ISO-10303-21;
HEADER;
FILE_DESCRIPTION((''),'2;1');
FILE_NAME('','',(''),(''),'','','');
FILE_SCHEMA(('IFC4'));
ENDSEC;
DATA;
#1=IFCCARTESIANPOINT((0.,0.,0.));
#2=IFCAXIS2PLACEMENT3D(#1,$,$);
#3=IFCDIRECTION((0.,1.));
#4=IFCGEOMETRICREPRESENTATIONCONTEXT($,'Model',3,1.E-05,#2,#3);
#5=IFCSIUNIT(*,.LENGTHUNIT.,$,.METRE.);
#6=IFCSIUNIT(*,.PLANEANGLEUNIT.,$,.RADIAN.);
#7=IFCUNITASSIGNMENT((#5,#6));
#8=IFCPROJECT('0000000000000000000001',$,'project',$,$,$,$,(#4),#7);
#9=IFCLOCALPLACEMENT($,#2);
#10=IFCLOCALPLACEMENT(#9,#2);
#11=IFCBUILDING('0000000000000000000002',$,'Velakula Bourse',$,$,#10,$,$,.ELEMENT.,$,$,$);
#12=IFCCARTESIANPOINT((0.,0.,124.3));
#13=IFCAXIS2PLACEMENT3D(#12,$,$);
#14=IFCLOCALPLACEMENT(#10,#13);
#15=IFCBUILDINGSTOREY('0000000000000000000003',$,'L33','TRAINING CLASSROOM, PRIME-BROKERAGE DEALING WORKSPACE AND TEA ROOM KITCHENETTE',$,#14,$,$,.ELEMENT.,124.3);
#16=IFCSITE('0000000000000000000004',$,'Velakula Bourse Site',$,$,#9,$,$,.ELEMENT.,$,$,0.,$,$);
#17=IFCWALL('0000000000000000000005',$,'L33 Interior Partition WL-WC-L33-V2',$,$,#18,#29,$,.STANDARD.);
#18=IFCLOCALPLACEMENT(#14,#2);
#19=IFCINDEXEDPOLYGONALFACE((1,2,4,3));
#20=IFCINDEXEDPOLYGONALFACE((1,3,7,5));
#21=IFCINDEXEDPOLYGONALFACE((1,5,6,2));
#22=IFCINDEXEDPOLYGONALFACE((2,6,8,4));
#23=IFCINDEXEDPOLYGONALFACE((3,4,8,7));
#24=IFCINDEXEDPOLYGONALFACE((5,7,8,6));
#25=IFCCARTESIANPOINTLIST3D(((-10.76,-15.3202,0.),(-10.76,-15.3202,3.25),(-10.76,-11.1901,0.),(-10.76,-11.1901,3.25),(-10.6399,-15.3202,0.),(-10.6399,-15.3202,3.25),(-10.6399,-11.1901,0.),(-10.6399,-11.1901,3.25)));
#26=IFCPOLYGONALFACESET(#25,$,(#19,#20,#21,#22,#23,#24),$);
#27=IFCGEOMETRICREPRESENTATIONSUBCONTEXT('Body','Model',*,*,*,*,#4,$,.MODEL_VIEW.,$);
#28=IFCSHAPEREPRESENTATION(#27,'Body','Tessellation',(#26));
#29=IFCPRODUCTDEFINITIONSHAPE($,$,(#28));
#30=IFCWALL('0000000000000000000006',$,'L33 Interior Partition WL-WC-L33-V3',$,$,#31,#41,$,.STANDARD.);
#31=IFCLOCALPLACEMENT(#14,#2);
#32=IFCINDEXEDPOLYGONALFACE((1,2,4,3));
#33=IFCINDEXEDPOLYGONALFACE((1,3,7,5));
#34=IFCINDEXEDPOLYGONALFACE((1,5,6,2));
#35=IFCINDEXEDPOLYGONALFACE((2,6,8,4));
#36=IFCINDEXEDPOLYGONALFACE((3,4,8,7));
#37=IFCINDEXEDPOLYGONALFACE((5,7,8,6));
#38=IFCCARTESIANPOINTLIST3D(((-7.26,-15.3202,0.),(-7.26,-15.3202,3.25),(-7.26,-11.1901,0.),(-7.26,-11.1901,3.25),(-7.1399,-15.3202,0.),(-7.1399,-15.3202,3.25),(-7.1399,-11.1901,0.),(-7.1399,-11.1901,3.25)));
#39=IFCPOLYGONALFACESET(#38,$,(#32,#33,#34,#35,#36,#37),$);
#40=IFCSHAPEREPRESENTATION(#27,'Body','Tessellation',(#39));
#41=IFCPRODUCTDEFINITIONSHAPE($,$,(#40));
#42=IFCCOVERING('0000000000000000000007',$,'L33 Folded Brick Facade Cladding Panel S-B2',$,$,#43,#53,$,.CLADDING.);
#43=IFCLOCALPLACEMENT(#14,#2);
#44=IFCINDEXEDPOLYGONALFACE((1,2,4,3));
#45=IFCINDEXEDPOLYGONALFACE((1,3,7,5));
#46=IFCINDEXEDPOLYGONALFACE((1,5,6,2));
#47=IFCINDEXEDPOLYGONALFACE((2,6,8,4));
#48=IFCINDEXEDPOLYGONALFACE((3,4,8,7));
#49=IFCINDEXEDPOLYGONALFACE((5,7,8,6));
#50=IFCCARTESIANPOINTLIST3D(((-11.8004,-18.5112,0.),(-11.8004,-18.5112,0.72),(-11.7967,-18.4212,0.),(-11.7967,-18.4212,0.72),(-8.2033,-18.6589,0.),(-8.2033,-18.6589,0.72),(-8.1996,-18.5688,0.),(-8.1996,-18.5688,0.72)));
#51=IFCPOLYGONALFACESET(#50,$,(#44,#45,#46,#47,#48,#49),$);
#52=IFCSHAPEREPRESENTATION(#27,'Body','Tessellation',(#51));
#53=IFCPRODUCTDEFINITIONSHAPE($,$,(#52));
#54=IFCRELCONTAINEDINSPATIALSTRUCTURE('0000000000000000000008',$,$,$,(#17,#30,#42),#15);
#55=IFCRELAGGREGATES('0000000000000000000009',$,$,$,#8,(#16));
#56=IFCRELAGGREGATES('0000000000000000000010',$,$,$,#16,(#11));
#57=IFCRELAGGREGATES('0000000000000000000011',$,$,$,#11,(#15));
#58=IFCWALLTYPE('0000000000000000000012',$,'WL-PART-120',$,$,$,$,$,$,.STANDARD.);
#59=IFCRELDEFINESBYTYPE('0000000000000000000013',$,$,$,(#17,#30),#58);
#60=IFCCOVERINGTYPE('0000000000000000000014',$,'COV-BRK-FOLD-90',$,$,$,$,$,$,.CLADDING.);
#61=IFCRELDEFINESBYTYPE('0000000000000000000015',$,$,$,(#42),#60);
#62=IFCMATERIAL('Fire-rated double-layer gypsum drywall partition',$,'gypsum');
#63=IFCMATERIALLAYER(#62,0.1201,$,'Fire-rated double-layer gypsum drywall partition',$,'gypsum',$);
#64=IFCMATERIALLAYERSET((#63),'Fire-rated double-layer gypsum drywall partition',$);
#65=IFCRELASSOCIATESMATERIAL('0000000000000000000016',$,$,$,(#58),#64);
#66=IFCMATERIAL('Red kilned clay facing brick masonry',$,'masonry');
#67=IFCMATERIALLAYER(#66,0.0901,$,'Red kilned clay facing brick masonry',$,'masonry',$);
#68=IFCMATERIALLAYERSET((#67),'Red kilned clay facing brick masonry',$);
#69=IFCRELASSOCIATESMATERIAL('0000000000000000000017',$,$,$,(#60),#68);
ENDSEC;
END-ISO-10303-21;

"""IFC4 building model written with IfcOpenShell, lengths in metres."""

from ifc_helpers import new_model, si_unit, direction, frame, frame_2d, origin, origin_2d, place, context, subcontext, project, spatial, rectangle, extrude, material, layer, layer_set, type_object, element, save


model = new_model("IFC4")

# Units and contexts
model_context = context("Model", 3, precision=1e-05, world=origin(), true_north=direction((0.0, 1.0)))
body_context = subcontext(model_context, "Body", "Model", "MODEL_VIEW")
ifc_project = project(units=[si_unit("LENGTHUNIT", "METRE"), si_unit("PLANEANGLEUNIT", "RADIAN")], contexts=[model_context])

# Site, building, storey
site_placement = place(None, origin())
site = spatial("IfcSite", under=ifc_project, at=site_placement, Name="Velakula Bourse Site", CompositionType="ELEMENT", RefElevation=0.0)
building_placement = place(site_placement, origin())
building = spatial("IfcBuilding", under=site, at=building_placement, Name="Velakula Bourse", CompositionType="ELEMENT")
storey_placement = place(building_placement, frame((0.0, 0.0, 124.3)))
storey = spatial("IfcBuildingStorey", under=building, at=storey_placement, Name="L33", Description="TRAINING CLASSROOM, PRIME-BROKERAGE DEALING WORKSPACE AND TEA ROOM KITCHENETTE", CompositionType="ELEMENT", Elevation=124.3)

# Shared definitions
ifc_material_1 = material(Name="Red kilned clay facing brick masonry", Category="masonry")

# Walls
ifc_material_2 = material(Name="Fire-rated double-layer gypsum drywall partition", Category="gypsum")
ifc_layer_1 = layer(ifc_material_2, 0.1201, Name="Fire-rated double-layer gypsum drywall partition", Category="gypsum")
ifc_layer_set_1 = layer_set([ifc_layer_1], Name="Fire-rated double-layer gypsum drywall partition")
wall_type_1 = type_object("IfcWallType", Name="WL-PART-120", PredefinedType="STANDARD", material=ifc_layer_set_1)
for number, where, z_axis, x_axis, name in (
    (1, (-10.7, -15.3201, 0.0), (0.0, 0.0, 1.0), (0.0, 1.0, 0.0), "L33 Interior Partition WL-WC-L33-V2"),
    (2, (-7.2, -15.3201, 0.0), (0.0, 0.0, 1.0), (0.0, 1.0, 0.0), "L33 Interior Partition WL-WC-L33-V3"),
):
    element("IfcWall", number, at=place(storey_placement, frame(where, z_axis=z_axis, x_axis=x_axis)), inside=storey, type_object=wall_type_1, Name=name, PredefinedType="STANDARD", context=body_context, shape_type="SweptSolid", body=[
        extrude(rectangle(XDim=4.1301, YDim=0.1201, at=frame_2d((2.0649, 0.0))), origin(), (0.0, 0.0, 1.0), 3.25),
    ])

# Covering
ifc_layer_2 = layer(ifc_material_1, 0.0901, Name="Red kilned clay facing brick masonry", Category="masonry")
ifc_layer_set_2 = layer_set([ifc_layer_2], Name="Red kilned clay facing brick masonry")
covering_type = type_object("IfcCoveringType", Name="COV-BRK-FOLD-90", PredefinedType="CLADDING", material=ifc_layer_set_2)
covering_placement = place(storey_placement, frame((-10.0, -18.54, 0.0), z_axis=(0.0, 0.0, 1.0), x_axis=(0.999159, -0.041004, 0.0)))
element("IfcCovering", 3, at=covering_placement, inside=storey, type_object=covering_type, Name="L33 Folded Brick Facade Cladding Panel S-B2", PredefinedType="CLADDING", context=body_context, shape_type="SweptSolid", body=[
    extrude(rectangle(XDim=3.6001, YDim=0.0901, at=origin_2d()), origin(), (0.0, 0.0, 1.0), 0.72),
])

save(model, "model.ifc")
